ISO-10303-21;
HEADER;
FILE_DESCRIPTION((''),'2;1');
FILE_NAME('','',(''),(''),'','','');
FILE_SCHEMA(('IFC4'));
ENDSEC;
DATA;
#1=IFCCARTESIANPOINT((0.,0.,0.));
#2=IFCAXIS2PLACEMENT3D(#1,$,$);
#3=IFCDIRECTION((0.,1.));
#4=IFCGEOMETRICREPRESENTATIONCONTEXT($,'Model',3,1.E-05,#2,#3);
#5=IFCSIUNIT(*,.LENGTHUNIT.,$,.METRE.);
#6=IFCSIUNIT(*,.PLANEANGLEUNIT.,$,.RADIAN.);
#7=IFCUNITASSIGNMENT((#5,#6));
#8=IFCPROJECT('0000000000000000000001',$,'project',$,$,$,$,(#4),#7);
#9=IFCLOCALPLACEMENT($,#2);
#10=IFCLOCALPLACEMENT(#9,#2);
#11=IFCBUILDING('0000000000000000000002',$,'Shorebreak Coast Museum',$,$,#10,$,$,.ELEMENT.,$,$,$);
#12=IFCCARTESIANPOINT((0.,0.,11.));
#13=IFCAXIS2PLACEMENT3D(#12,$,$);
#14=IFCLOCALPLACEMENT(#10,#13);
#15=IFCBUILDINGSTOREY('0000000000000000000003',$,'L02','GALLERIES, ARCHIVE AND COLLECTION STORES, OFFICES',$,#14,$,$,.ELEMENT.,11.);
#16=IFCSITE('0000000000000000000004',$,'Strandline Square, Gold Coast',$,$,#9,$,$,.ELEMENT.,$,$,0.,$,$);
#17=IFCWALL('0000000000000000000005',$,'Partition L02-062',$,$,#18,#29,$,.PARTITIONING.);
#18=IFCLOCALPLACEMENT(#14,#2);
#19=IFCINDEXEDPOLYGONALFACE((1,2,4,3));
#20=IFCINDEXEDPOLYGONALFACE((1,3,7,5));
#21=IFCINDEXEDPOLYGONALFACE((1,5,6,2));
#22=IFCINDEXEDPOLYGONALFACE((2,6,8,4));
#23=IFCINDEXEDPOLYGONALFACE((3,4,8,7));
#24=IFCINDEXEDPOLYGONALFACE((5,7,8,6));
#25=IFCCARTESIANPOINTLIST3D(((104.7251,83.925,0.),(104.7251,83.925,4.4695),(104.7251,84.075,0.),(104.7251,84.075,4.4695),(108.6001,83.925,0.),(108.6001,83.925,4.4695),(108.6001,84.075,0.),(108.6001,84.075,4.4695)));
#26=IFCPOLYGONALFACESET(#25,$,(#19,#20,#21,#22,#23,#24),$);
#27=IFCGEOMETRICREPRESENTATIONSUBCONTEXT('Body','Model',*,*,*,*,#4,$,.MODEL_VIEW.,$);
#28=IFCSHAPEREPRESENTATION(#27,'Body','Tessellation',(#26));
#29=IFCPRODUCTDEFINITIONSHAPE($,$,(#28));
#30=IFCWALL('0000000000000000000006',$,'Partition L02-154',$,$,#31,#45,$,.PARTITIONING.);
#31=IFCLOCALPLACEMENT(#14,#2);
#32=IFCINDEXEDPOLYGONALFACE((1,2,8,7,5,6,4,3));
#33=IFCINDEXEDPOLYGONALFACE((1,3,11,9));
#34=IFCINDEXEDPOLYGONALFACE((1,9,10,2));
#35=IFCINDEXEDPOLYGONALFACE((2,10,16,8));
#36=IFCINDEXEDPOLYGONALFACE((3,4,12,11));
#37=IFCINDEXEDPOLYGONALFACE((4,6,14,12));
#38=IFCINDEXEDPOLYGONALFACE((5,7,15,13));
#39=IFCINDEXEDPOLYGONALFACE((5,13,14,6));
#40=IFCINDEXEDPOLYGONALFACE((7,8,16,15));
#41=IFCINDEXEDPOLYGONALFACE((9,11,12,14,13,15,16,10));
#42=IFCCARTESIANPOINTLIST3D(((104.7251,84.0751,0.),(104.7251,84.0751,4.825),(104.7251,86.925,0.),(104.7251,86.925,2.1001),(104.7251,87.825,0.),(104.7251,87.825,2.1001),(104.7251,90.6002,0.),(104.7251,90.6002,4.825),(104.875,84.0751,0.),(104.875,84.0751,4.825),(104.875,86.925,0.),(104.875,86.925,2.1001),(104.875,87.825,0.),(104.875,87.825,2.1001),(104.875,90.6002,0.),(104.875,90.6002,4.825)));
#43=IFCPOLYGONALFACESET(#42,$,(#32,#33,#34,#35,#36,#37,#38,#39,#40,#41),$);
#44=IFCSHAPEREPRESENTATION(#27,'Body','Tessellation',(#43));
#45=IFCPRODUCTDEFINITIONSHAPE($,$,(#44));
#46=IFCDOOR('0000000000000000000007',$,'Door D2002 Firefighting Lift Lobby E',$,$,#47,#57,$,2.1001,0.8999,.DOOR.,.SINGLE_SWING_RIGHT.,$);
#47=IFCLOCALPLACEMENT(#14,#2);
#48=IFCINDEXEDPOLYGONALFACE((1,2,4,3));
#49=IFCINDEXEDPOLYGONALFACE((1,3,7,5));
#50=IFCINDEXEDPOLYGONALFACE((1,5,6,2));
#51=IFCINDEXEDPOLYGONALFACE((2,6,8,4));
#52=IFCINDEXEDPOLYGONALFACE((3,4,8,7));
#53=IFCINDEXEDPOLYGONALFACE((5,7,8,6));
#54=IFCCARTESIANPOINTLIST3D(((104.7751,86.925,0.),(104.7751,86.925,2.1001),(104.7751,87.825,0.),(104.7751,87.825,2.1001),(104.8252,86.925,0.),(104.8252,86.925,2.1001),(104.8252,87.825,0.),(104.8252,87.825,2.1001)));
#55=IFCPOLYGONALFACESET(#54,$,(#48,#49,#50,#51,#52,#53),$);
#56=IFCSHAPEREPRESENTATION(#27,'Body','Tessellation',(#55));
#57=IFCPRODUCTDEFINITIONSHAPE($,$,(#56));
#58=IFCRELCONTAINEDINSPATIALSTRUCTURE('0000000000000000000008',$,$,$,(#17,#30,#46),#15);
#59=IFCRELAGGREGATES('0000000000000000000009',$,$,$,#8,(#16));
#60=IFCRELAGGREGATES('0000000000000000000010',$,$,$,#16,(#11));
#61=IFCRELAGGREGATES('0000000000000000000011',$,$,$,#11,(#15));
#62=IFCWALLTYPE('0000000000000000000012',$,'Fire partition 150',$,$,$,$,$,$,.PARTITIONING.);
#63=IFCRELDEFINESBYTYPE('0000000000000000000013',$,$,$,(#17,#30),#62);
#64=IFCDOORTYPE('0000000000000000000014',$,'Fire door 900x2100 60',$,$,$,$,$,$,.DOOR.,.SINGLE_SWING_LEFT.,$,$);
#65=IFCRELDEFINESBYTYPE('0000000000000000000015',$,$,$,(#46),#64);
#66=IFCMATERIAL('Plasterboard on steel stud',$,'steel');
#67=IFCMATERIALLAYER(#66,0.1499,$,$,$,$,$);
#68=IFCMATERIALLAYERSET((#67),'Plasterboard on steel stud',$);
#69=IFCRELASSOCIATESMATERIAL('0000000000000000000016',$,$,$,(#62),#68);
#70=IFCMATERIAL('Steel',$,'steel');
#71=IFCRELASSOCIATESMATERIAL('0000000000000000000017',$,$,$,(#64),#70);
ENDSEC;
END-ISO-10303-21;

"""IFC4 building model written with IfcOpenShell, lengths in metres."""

from ifc_helpers import new_model, si_unit, direction, frame, frame_2d, origin, place, context, subcontext, project, spatial, rectangle, extrude, material, layer, layer_set, type_object, element, fill, save


model = new_model("IFC4")

# Units and contexts
model_context = context("Model", 3, precision=1e-05, world=origin(), true_north=direction((0.0, 1.0)))
body_context = subcontext(model_context, "Body", "Model", "MODEL_VIEW")
ifc_project = project(units=[si_unit("LENGTHUNIT", "METRE"), si_unit("PLANEANGLEUNIT", "RADIAN")], contexts=[model_context])

# Site, building, storey
site_placement = place(None, origin())
site = spatial("IfcSite", under=ifc_project, at=site_placement, Name="Strandline Square, Gold Coast", CompositionType="ELEMENT", RefElevation=0.0)
building_placement = place(site_placement, origin())
building = spatial("IfcBuilding", under=site, at=building_placement, Name="Shorebreak Coast Museum", CompositionType="ELEMENT")
storey_placement = place(building_placement, frame((0.0, 0.0, 11.0)))
storey = spatial("IfcBuildingStorey", under=building, at=storey_placement, Name="L02", Description="GALLERIES, ARCHIVE AND COLLECTION STORES, OFFICES", CompositionType="ELEMENT", Elevation=11.0)

# Wall
ifc_material_1 = material(Name="Plasterboard on steel stud", Category="steel")
ifc_layer_1 = layer(ifc_material_1, 0.1499)
ifc_layer_set_1 = layer_set([ifc_layer_1], Name="Plasterboard on steel stud")
wall_type = type_object("IfcWallType", Name="Fire partition 150", PredefinedType="PARTITIONING", material=ifc_layer_set_1)
wall_1_placement = place(storey_placement, frame((104.7251, 84.0, 0.0), z_axis=(0.0, 0.0, 1.0), x_axis=(1.0, 0.0, 0.0)))
element("IfcWall", 1, at=wall_1_placement, inside=storey, type_object=wall_type, Name="Partition L02-062", PredefinedType="PARTITIONING", context=body_context, shape_type="SweptSolid", body=[
    extrude(rectangle(XDim=3.875, YDim=0.1499, at=frame_2d((1.9375, 0.0))), origin(), (0.0, 0.0, 1.0), 4.4695),
])

# Wall, opening, door
wall_2_placement = place(storey_placement, frame((104.8, 84.075, 0.0), z_axis=(0.0, 0.0, 1.0), x_axis=(0.0, 1.0, 0.0)))
wall_2 = element("IfcWall", 2, at=wall_2_placement, inside=storey, type_object=wall_type, Name="Partition L02-154", PredefinedType="PARTITIONING", context=body_context, shape_type="SweptSolid", body=[
    extrude(rectangle(XDim=6.5251, YDim=0.1499, at=frame_2d((3.2627, 0.0))), origin(), (0.0, 0.0, 1.0), 4.825),
])
opening_placement = place(wall_2_placement, frame((2.8501, 0.0, 0.0)))
opening = element("IfcOpeningElement", 3, at=opening_placement, cuts=wall_2, PredefinedType="OPENING", context=body_context, shape_type="SweptSolid", body=[
    extrude(rectangle(XDim=0.8999, YDim=2.1001, at=frame_2d((0.45, 1.05))), frame((0.0, 0.085, 0.0), z_axis=(0.0, -1.0, 0.0), x_axis=(1.0, 0.0, 0.0)), (0.0, 0.0, 1.0), 0.1699),
])
ifc_material_2 = material(Name="Steel", Category="steel")
door_type = type_object("IfcDoorType", Name="Fire door 900x2100 60", OperationType="SINGLE_SWING_LEFT", PredefinedType="DOOR", material=ifc_material_2)
door_placement = place(opening_placement, origin())
door = element("IfcDoor", 4, at=door_placement, inside=storey, type_object=door_type, Name="Door D2002 Firefighting Lift Lobby E", OperationType="SINGLE_SWING_RIGHT", OverallHeight=2.1001, OverallWidth=0.8999, PredefinedType="DOOR", context=body_context, shape_type="SweptSolid", body=[
    extrude(rectangle(XDim=0.8999, YDim=2.1001, at=frame_2d((0.45, 1.05))), frame((0.0, 0.0249, 0.0), z_axis=(0.0, -1.0, 0.0), x_axis=(1.0, 0.0, 0.0)), (0.0, 0.0, 1.0), 0.05),
])
fill(opening, door)

save(model, "model.ifc")
